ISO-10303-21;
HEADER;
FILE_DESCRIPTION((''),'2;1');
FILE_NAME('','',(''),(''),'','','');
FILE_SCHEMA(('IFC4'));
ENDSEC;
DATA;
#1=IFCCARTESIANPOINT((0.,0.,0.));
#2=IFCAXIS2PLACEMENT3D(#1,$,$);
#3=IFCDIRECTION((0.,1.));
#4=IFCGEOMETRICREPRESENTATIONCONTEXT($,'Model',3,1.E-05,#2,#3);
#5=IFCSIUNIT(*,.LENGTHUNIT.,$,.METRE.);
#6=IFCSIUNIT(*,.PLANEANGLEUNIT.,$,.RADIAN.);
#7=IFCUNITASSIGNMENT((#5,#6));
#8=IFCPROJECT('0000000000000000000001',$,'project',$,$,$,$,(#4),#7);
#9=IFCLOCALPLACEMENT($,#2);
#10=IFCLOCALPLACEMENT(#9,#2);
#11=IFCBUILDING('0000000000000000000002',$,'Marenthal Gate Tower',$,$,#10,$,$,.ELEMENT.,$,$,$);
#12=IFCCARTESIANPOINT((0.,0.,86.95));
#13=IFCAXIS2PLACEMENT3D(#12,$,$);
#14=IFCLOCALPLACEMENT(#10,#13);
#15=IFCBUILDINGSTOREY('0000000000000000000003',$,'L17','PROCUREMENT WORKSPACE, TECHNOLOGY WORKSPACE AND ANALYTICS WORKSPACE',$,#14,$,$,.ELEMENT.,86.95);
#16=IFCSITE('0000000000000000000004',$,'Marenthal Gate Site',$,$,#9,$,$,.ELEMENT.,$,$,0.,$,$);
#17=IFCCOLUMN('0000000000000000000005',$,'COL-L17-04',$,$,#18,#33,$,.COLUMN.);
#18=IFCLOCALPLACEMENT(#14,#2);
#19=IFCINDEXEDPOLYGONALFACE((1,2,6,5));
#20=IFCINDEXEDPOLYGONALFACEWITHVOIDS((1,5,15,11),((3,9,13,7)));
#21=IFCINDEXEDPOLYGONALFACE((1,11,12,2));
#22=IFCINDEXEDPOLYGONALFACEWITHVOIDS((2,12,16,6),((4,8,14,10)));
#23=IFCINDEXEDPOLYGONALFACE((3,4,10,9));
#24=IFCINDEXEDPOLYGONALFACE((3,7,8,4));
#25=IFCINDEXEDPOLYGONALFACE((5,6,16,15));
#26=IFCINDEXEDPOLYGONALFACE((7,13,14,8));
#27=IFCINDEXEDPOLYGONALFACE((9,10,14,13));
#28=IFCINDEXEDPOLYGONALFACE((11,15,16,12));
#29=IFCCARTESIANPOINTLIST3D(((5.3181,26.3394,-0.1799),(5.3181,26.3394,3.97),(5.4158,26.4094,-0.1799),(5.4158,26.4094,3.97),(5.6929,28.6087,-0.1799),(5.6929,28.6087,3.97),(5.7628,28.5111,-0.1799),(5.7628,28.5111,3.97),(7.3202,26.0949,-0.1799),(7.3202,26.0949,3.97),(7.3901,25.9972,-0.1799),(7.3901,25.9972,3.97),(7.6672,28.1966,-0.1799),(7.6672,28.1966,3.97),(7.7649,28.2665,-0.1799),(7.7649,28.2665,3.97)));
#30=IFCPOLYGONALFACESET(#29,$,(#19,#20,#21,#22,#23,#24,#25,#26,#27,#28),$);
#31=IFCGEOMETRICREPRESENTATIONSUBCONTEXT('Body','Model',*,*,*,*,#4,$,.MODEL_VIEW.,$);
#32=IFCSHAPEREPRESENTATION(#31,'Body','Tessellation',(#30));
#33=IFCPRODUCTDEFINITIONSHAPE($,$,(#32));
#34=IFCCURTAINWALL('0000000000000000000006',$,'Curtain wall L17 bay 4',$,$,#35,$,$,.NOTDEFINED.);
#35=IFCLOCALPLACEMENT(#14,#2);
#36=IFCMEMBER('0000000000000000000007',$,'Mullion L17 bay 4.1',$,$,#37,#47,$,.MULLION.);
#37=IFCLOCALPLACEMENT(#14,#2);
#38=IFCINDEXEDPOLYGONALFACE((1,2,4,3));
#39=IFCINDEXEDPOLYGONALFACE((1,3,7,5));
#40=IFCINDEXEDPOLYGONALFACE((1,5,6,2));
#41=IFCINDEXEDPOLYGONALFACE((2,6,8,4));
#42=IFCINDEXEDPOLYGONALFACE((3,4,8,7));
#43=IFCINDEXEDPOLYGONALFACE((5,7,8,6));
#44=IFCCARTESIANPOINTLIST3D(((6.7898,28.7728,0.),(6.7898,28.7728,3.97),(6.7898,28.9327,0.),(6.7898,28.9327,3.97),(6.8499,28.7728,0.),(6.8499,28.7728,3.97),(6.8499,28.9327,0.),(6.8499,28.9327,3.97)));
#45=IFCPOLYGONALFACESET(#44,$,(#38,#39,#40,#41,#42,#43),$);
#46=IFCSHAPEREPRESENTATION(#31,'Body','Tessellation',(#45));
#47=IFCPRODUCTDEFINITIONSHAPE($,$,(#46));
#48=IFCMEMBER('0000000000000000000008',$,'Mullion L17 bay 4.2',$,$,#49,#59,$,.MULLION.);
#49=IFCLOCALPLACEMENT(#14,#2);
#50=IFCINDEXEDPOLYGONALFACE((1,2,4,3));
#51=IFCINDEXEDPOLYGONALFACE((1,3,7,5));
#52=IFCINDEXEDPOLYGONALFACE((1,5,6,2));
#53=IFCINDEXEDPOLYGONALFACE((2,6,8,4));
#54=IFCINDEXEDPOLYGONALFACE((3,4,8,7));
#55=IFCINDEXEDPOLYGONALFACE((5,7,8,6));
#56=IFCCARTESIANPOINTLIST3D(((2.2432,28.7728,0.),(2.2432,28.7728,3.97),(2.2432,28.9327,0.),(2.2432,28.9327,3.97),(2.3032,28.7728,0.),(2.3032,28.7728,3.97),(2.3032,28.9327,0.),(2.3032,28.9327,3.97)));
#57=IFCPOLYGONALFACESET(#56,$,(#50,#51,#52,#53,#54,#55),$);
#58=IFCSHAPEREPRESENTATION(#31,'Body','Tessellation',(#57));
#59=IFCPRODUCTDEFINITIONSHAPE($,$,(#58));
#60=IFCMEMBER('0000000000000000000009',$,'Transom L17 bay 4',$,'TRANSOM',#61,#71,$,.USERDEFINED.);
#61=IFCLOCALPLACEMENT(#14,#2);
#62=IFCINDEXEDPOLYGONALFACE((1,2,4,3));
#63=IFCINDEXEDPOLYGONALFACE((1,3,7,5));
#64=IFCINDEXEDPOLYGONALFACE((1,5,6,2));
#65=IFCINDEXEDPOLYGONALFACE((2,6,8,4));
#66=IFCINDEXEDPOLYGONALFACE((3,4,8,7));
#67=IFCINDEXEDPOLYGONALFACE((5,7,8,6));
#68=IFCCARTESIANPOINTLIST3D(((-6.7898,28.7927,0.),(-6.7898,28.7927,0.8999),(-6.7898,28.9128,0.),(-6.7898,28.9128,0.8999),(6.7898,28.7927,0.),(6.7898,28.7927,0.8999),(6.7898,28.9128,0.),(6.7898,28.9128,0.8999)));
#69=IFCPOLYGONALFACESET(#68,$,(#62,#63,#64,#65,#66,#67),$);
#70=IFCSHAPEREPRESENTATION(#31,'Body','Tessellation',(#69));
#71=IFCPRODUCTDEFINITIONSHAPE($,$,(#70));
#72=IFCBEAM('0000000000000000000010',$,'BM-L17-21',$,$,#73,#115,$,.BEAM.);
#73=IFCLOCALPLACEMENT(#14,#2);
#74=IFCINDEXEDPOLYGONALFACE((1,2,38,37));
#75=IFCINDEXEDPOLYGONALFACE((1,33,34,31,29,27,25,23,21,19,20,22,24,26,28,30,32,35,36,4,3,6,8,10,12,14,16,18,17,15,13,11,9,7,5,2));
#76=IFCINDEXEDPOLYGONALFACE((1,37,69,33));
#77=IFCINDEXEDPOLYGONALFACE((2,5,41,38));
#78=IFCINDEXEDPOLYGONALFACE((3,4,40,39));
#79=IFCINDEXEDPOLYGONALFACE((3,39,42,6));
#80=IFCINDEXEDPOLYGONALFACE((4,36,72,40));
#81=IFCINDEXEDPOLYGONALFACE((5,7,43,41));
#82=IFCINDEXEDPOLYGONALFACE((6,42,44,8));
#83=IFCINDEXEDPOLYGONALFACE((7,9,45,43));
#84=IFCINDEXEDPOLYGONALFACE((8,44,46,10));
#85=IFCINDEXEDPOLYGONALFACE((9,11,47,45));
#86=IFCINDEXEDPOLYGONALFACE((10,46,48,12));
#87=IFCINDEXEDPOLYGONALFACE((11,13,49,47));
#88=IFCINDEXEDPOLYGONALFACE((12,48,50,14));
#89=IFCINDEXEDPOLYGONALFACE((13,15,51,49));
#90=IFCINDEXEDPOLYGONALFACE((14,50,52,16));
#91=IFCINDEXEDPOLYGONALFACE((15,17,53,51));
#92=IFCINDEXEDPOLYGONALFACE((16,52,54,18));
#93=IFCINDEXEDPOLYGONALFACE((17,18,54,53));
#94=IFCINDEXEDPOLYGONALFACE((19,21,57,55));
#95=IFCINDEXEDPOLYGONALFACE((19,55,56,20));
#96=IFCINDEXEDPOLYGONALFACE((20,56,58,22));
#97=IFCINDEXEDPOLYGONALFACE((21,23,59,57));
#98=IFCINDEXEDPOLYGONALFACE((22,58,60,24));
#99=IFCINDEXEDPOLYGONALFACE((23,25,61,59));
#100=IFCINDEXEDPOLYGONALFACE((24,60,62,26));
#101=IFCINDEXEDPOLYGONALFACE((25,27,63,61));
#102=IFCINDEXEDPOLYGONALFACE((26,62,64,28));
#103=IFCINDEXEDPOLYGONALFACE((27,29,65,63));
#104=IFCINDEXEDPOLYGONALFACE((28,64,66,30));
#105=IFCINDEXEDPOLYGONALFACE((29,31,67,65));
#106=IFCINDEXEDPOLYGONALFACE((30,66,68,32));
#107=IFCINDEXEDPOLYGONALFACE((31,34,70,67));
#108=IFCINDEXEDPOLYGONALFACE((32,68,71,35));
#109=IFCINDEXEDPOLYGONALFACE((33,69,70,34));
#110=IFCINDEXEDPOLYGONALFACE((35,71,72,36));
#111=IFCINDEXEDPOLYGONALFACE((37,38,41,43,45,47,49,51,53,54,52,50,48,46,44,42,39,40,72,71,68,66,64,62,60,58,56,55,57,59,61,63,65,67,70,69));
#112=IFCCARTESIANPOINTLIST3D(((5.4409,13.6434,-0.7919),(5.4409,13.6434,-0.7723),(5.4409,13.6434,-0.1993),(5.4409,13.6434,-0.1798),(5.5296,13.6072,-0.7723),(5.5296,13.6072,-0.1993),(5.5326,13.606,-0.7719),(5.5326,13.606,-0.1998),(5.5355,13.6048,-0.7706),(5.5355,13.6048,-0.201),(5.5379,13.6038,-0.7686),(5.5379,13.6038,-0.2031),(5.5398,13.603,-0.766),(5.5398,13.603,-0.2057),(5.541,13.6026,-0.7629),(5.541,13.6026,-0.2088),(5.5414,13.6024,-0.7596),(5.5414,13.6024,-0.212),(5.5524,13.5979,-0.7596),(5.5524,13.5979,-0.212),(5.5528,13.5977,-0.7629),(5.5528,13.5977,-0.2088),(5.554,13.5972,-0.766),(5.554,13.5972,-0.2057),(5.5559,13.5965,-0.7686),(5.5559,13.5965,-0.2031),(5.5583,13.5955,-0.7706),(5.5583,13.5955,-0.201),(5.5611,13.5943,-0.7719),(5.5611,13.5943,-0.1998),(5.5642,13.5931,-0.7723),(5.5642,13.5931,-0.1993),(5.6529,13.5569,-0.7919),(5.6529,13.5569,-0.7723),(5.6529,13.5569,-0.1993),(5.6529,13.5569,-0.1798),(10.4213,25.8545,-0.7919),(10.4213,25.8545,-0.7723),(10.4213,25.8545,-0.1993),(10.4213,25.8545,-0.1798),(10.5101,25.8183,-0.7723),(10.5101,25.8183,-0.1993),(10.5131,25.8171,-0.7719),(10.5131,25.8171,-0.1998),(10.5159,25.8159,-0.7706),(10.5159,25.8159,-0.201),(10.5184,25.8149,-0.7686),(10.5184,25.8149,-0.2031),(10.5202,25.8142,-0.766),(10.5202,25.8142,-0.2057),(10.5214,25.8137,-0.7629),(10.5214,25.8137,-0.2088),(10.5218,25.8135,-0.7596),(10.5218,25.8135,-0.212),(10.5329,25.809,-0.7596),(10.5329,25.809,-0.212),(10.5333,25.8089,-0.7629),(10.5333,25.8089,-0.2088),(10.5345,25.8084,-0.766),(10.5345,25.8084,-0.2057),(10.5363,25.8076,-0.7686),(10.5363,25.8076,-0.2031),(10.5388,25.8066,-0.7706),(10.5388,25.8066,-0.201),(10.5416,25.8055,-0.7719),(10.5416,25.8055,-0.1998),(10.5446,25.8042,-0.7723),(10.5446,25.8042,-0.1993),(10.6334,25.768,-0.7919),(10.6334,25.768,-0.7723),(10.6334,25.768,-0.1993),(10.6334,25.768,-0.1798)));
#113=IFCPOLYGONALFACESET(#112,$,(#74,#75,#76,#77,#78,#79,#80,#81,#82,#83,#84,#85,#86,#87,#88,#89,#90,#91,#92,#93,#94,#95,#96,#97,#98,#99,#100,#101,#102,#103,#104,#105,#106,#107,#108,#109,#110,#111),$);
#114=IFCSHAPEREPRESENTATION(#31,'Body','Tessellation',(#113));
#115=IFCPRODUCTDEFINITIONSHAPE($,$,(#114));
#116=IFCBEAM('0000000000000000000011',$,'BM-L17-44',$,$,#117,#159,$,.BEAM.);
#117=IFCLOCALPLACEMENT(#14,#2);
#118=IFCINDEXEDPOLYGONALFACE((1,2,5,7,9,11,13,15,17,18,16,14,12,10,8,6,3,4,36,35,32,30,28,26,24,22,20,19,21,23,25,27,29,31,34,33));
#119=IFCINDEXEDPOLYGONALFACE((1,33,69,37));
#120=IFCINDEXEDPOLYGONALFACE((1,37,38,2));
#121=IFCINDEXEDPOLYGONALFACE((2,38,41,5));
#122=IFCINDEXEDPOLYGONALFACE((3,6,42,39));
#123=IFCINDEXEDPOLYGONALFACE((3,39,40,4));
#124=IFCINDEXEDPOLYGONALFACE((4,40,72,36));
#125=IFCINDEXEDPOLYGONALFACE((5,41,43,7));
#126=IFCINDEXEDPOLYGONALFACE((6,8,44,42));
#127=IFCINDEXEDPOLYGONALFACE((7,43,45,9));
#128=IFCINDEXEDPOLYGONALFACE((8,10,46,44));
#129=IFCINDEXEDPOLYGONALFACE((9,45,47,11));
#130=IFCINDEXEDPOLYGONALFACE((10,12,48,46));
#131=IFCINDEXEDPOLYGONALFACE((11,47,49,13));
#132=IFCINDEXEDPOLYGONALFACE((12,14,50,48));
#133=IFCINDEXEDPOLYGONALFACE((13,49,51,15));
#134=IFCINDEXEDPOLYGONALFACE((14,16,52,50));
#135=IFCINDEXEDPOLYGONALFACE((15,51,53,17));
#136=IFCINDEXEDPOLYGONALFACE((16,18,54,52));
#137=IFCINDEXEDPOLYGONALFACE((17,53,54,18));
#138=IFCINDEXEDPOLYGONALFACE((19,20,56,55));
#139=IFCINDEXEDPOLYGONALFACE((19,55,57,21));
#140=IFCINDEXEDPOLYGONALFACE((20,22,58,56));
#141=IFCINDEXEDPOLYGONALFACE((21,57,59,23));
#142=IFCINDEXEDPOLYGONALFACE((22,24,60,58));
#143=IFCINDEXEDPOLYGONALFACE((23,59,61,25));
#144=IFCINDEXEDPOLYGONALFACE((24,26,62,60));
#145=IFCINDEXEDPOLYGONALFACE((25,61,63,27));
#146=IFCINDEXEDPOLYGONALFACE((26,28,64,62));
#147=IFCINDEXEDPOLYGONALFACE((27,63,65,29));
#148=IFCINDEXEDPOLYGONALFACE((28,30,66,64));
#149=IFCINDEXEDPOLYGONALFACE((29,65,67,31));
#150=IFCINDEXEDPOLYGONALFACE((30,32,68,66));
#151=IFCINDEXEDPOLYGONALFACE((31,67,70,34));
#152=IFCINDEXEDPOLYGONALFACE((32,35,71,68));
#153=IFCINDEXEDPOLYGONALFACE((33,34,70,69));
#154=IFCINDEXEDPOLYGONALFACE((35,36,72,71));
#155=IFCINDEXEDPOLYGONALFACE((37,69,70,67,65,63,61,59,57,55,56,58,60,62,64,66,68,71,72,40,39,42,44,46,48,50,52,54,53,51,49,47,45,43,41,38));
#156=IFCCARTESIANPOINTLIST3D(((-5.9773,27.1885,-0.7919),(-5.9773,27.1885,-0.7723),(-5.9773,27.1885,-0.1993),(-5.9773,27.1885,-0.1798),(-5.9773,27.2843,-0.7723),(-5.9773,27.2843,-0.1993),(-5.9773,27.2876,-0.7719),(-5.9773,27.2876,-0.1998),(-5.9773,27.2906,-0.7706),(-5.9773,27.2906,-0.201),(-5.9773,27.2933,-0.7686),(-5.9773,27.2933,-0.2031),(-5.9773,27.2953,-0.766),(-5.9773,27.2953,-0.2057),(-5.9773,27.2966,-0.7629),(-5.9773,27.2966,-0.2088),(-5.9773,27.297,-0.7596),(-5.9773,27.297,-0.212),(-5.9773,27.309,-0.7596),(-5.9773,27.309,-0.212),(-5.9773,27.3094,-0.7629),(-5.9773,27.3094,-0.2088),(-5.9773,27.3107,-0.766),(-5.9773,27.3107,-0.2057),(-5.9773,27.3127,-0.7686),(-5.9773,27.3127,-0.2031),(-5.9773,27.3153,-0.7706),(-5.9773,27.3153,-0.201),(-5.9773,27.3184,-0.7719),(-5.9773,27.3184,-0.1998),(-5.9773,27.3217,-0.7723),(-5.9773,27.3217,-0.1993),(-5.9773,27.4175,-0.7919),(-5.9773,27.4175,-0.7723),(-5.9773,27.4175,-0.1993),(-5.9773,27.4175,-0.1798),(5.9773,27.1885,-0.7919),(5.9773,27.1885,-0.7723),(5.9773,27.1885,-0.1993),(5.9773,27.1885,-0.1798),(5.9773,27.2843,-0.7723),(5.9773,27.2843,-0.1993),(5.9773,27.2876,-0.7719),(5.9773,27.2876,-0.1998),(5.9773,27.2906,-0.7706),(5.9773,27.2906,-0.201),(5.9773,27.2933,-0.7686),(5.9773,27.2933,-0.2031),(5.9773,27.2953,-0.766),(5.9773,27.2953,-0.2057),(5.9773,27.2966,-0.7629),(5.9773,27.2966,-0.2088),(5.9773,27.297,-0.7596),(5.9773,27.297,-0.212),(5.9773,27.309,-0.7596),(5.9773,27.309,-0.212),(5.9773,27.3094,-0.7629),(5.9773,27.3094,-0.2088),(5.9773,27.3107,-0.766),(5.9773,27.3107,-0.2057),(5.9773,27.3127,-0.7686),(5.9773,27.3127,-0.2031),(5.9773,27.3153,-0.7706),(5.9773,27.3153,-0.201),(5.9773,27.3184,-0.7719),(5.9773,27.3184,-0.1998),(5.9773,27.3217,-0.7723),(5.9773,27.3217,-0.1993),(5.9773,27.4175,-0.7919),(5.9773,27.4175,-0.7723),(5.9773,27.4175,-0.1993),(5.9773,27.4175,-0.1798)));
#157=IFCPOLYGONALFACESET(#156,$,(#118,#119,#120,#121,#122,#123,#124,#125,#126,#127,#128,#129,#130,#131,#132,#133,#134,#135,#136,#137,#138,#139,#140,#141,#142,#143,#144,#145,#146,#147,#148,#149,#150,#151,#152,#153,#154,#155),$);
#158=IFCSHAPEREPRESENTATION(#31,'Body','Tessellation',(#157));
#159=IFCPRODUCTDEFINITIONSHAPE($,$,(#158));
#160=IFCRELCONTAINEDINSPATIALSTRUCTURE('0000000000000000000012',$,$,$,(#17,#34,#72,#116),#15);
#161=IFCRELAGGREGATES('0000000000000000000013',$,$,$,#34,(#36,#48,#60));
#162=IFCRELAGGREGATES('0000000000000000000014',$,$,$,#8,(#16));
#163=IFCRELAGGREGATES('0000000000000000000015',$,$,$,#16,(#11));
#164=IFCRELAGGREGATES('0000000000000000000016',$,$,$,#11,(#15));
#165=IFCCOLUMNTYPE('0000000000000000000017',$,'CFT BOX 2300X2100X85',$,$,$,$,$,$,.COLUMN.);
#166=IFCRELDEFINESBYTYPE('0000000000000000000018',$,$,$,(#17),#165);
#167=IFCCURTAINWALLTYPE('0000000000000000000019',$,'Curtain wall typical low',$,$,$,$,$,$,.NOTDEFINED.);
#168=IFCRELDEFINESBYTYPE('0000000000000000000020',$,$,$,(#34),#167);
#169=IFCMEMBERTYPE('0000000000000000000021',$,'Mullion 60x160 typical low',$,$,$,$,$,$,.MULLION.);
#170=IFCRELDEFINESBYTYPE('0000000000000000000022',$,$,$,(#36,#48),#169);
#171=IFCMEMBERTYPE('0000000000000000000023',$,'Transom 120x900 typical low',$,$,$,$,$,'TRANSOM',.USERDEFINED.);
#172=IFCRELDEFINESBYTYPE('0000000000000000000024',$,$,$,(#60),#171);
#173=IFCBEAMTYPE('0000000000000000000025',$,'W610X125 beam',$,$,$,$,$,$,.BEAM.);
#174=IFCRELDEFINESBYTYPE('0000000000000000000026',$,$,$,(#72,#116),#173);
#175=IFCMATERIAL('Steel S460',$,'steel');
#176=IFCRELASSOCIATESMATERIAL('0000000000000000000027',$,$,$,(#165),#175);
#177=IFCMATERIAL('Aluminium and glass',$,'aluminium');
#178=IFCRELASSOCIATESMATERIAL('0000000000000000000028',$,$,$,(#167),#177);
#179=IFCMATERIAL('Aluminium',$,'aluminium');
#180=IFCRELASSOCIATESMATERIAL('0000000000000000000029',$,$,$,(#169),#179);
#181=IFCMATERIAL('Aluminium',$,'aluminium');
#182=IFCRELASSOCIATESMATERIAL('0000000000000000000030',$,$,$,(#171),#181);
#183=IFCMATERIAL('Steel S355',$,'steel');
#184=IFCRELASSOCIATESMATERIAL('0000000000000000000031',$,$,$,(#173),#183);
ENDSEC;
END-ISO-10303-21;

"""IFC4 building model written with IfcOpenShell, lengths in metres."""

from ifc_helpers import new_model, si_unit, direction, frame, origin, origin_2d, place, context, subcontext, project, spatial, rectangle, hollow_rectangle, i_section, extrude, material, material_profile, profile_set, type_object, element, aggregate, save


model = new_model("IFC4")

# Units and contexts
model_context = context("Model", 3, precision=1e-05, world=origin(), true_north=direction((0.0, 1.0)))
body_context = subcontext(model_context, "Body", "Model", "MODEL_VIEW")
ifc_project = project(units=[si_unit("LENGTHUNIT", "METRE"), si_unit("PLANEANGLEUNIT", "RADIAN")], contexts=[model_context])

# Site, building, storey
site_placement = place(None, origin())
site = spatial("IfcSite", under=ifc_project, at=site_placement, Name="Marenthal Gate Site", CompositionType="ELEMENT", RefElevation=0.0)
building_placement = place(site_placement, origin())
building = spatial("IfcBuilding", under=site, at=building_placement, Name="Marenthal Gate Tower", CompositionType="ELEMENT")
storey_placement = place(building_placement, frame((0.0, 0.0, 86.95)))
storey = spatial("IfcBuildingStorey", under=building, at=storey_placement, Name="L17", Description="PROCUREMENT WORKSPACE, TECHNOLOGY WORKSPACE AND ANALYTICS WORKSPACE", CompositionType="ELEMENT", Elevation=86.95)

# Column
ifc_material_1 = material(Name="Steel S460", Category="steel")
ifc_material_profile_1 = material_profile(ifc_material_1, hollow_rectangle(XDim=2.1001, YDim=2.3, WallThickness=0.085, at=origin_2d()), Name="CFT BOX 2300X2100X85")
ifc_material_2 = material(Name="Concrete 70 MPa", Category="concrete")
ifc_material_profile_2 = material_profile(ifc_material_2, rectangle(XDim=1.9299, YDim=2.1299, at=origin_2d()), Name="CFT BOX 2300X2100X85 INFILL")
ifc_profile_set_1 = profile_set([ifc_material_profile_1, ifc_material_profile_2], Name="Steel S460 shell, Concrete 70 MPa infill")
column_type = type_object("IfcColumnType", Name="CFT BOX 2300X2100X85", PredefinedType="COLUMN", material=ifc_profile_set_1)
column_placement = place(storey_placement, frame((6.5415, 27.303, -0.1799), z_axis=(0.0, 0.0, 1.0), x_axis=(0.986637, -0.162933, 0.0)))
element("IfcColumn", 1, at=column_placement, inside=storey, type_object=column_type, Name="COL-L17-04", PredefinedType="COLUMN", context=body_context, shape_type="SweptSolid", body=[
    extrude(hollow_rectangle(XDim=2.1001, YDim=2.3, WallThickness=0.085, at=origin_2d()), origin(), (0.0, 0.0, 1.0), 4.1499),
])

# Curtain wall, members
ifc_material_3 = material(Name="Aluminium and glass", Category="aluminium")
curtain_wall_type = type_object("IfcCurtainWallType", Name="Curtain wall typical low", PredefinedType="NOTDEFINED", material=ifc_material_3)
curtain_wall_placement = place(storey_placement, origin())
curtain_wall = element("IfcCurtainWall", 2, at=curtain_wall_placement, inside=storey, type_object=curtain_wall_type, Name="Curtain wall L17 bay 4", PredefinedType="NOTDEFINED")
ifc_material_4 = material(Name="Aluminium", Category="aluminium")
ifc_material_profile_3 = material_profile(ifc_material_4, rectangle(XDim=0.1599, YDim=0.0601, at=origin_2d()), Name="60x160 aluminium mullion")
ifc_profile_set_2 = profile_set([ifc_material_profile_3], Name="Aluminium")
member_type_1 = type_object("IfcMemberType", Name="Mullion 60x160 typical low", PredefinedType="MULLION", material=ifc_profile_set_2)
member_1_placement = place(storey_placement, frame((6.8198, 28.8528, 0.0), z_axis=(0.0, 0.0, 1.0), x_axis=(0.0, -1.0, 0.0)))
member_1 = element("IfcMember", 3, at=member_1_placement, type_object=member_type_1, Name="Mullion L17 bay 4.1", PredefinedType="MULLION", context=body_context, shape_type="SweptSolid", body=[
    extrude(rectangle(XDim=0.1599, YDim=0.0601, at=origin_2d()), origin(), (0.0, 0.0, 1.0), 3.97),
])
member_2_placement = place(storey_placement, frame((2.2732, 28.8528, 0.0), z_axis=(0.0, 0.0, 1.0), x_axis=(0.0, -1.0, 0.0)))
member_2 = element("IfcMember", 4, at=member_2_placement, type_object=member_type_1, Name="Mullion L17 bay 4.2", PredefinedType="MULLION", context=body_context, shape_type="SweptSolid", body=[
    extrude(rectangle(XDim=0.1599, YDim=0.0601, at=origin_2d()), origin(), (0.0, 0.0, 1.0), 3.97),
])
ifc_material_5 = material(Name="Aluminium", Category="aluminium")
ifc_material_profile_4 = material_profile(ifc_material_5, rectangle(XDim=0.1201, YDim=0.8999, at=origin_2d()), Name="120x900 aluminium transom")
ifc_profile_set_3 = profile_set([ifc_material_profile_4], Name="Aluminium")
member_type_2 = type_object("IfcMemberType", Name="Transom 120x900 typical low", ElementType="TRANSOM", PredefinedType="USERDEFINED", material=ifc_profile_set_3)
member_3_placement = place(storey_placement, frame((6.7898, 28.8528, 0.45), z_axis=(-1.0, 0.0, 0.0), x_axis=(0.0, -1.0, 0.0)))
member_3 = element("IfcMember", 5, at=member_3_placement, type_object=member_type_2, Name="Transom L17 bay 4", ObjectType="TRANSOM", PredefinedType="USERDEFINED", context=body_context, shape_type="SweptSolid", body=[
    extrude(rectangle(XDim=0.1201, YDim=0.8999, at=origin_2d()), origin(), (0.0, 0.0, 1.0), 13.5796),
])

# Beams
ifc_material_6 = material(Name="Steel S355", Category="steel")
ifc_material_profile_5 = material_profile(ifc_material_6, i_section(OverallWidth=0.229, OverallDepth=0.6121, WebThickness=0.012, FlangeThickness=0.0195, FilletRadius=0.0127, at=origin_2d()), Name="W610X125")
ifc_profile_set_4 = profile_set([ifc_material_profile_5], Name="Steel S355")
beam_type_1 = type_object("IfcBeamType", Name="W610X125 beam", PredefinedType="BEAM", material=ifc_profile_set_4)
beam_1_placement = place(storey_placement, frame((10.5273, 25.8113, -0.4858), z_axis=(-0.377657, -0.925945, 0.0), x_axis=(0.925945, -0.377657, 0.0)))
element("IfcBeam", 6, at=beam_1_placement, inside=storey, type_object=beam_type_1, Name="BM-L17-21", PredefinedType="BEAM", context=body_context, shape_type="SweptSolid", body=[
    extrude(i_section(OverallWidth=0.229, OverallDepth=0.6121, WebThickness=0.012, FlangeThickness=0.0195, FilletRadius=0.0127, at=origin_2d()), origin(), (0.0, 0.0, 1.0), 13.1877),
])
beam_2_placement = place(storey_placement, frame((5.9773, 27.303, -0.4858), z_axis=(-1.0, 0.0, 0.0), x_axis=(0.0, -1.0, 0.0)))
element("IfcBeam", 7, at=beam_2_placement, inside=storey, type_object=beam_type_1, Name="BM-L17-44", PredefinedType="BEAM", context=body_context, shape_type="SweptSolid", body=[
    extrude(i_section(OverallWidth=0.229, OverallDepth=0.6121, WebThickness=0.012, FlangeThickness=0.0195, FilletRadius=0.0127, at=origin_2d()), origin(), (0.0, 0.0, 1.0), 11.9546),
])

aggregate(curtain_wall, [member_1, member_2, member_3])

save(model, "model.ifc")
